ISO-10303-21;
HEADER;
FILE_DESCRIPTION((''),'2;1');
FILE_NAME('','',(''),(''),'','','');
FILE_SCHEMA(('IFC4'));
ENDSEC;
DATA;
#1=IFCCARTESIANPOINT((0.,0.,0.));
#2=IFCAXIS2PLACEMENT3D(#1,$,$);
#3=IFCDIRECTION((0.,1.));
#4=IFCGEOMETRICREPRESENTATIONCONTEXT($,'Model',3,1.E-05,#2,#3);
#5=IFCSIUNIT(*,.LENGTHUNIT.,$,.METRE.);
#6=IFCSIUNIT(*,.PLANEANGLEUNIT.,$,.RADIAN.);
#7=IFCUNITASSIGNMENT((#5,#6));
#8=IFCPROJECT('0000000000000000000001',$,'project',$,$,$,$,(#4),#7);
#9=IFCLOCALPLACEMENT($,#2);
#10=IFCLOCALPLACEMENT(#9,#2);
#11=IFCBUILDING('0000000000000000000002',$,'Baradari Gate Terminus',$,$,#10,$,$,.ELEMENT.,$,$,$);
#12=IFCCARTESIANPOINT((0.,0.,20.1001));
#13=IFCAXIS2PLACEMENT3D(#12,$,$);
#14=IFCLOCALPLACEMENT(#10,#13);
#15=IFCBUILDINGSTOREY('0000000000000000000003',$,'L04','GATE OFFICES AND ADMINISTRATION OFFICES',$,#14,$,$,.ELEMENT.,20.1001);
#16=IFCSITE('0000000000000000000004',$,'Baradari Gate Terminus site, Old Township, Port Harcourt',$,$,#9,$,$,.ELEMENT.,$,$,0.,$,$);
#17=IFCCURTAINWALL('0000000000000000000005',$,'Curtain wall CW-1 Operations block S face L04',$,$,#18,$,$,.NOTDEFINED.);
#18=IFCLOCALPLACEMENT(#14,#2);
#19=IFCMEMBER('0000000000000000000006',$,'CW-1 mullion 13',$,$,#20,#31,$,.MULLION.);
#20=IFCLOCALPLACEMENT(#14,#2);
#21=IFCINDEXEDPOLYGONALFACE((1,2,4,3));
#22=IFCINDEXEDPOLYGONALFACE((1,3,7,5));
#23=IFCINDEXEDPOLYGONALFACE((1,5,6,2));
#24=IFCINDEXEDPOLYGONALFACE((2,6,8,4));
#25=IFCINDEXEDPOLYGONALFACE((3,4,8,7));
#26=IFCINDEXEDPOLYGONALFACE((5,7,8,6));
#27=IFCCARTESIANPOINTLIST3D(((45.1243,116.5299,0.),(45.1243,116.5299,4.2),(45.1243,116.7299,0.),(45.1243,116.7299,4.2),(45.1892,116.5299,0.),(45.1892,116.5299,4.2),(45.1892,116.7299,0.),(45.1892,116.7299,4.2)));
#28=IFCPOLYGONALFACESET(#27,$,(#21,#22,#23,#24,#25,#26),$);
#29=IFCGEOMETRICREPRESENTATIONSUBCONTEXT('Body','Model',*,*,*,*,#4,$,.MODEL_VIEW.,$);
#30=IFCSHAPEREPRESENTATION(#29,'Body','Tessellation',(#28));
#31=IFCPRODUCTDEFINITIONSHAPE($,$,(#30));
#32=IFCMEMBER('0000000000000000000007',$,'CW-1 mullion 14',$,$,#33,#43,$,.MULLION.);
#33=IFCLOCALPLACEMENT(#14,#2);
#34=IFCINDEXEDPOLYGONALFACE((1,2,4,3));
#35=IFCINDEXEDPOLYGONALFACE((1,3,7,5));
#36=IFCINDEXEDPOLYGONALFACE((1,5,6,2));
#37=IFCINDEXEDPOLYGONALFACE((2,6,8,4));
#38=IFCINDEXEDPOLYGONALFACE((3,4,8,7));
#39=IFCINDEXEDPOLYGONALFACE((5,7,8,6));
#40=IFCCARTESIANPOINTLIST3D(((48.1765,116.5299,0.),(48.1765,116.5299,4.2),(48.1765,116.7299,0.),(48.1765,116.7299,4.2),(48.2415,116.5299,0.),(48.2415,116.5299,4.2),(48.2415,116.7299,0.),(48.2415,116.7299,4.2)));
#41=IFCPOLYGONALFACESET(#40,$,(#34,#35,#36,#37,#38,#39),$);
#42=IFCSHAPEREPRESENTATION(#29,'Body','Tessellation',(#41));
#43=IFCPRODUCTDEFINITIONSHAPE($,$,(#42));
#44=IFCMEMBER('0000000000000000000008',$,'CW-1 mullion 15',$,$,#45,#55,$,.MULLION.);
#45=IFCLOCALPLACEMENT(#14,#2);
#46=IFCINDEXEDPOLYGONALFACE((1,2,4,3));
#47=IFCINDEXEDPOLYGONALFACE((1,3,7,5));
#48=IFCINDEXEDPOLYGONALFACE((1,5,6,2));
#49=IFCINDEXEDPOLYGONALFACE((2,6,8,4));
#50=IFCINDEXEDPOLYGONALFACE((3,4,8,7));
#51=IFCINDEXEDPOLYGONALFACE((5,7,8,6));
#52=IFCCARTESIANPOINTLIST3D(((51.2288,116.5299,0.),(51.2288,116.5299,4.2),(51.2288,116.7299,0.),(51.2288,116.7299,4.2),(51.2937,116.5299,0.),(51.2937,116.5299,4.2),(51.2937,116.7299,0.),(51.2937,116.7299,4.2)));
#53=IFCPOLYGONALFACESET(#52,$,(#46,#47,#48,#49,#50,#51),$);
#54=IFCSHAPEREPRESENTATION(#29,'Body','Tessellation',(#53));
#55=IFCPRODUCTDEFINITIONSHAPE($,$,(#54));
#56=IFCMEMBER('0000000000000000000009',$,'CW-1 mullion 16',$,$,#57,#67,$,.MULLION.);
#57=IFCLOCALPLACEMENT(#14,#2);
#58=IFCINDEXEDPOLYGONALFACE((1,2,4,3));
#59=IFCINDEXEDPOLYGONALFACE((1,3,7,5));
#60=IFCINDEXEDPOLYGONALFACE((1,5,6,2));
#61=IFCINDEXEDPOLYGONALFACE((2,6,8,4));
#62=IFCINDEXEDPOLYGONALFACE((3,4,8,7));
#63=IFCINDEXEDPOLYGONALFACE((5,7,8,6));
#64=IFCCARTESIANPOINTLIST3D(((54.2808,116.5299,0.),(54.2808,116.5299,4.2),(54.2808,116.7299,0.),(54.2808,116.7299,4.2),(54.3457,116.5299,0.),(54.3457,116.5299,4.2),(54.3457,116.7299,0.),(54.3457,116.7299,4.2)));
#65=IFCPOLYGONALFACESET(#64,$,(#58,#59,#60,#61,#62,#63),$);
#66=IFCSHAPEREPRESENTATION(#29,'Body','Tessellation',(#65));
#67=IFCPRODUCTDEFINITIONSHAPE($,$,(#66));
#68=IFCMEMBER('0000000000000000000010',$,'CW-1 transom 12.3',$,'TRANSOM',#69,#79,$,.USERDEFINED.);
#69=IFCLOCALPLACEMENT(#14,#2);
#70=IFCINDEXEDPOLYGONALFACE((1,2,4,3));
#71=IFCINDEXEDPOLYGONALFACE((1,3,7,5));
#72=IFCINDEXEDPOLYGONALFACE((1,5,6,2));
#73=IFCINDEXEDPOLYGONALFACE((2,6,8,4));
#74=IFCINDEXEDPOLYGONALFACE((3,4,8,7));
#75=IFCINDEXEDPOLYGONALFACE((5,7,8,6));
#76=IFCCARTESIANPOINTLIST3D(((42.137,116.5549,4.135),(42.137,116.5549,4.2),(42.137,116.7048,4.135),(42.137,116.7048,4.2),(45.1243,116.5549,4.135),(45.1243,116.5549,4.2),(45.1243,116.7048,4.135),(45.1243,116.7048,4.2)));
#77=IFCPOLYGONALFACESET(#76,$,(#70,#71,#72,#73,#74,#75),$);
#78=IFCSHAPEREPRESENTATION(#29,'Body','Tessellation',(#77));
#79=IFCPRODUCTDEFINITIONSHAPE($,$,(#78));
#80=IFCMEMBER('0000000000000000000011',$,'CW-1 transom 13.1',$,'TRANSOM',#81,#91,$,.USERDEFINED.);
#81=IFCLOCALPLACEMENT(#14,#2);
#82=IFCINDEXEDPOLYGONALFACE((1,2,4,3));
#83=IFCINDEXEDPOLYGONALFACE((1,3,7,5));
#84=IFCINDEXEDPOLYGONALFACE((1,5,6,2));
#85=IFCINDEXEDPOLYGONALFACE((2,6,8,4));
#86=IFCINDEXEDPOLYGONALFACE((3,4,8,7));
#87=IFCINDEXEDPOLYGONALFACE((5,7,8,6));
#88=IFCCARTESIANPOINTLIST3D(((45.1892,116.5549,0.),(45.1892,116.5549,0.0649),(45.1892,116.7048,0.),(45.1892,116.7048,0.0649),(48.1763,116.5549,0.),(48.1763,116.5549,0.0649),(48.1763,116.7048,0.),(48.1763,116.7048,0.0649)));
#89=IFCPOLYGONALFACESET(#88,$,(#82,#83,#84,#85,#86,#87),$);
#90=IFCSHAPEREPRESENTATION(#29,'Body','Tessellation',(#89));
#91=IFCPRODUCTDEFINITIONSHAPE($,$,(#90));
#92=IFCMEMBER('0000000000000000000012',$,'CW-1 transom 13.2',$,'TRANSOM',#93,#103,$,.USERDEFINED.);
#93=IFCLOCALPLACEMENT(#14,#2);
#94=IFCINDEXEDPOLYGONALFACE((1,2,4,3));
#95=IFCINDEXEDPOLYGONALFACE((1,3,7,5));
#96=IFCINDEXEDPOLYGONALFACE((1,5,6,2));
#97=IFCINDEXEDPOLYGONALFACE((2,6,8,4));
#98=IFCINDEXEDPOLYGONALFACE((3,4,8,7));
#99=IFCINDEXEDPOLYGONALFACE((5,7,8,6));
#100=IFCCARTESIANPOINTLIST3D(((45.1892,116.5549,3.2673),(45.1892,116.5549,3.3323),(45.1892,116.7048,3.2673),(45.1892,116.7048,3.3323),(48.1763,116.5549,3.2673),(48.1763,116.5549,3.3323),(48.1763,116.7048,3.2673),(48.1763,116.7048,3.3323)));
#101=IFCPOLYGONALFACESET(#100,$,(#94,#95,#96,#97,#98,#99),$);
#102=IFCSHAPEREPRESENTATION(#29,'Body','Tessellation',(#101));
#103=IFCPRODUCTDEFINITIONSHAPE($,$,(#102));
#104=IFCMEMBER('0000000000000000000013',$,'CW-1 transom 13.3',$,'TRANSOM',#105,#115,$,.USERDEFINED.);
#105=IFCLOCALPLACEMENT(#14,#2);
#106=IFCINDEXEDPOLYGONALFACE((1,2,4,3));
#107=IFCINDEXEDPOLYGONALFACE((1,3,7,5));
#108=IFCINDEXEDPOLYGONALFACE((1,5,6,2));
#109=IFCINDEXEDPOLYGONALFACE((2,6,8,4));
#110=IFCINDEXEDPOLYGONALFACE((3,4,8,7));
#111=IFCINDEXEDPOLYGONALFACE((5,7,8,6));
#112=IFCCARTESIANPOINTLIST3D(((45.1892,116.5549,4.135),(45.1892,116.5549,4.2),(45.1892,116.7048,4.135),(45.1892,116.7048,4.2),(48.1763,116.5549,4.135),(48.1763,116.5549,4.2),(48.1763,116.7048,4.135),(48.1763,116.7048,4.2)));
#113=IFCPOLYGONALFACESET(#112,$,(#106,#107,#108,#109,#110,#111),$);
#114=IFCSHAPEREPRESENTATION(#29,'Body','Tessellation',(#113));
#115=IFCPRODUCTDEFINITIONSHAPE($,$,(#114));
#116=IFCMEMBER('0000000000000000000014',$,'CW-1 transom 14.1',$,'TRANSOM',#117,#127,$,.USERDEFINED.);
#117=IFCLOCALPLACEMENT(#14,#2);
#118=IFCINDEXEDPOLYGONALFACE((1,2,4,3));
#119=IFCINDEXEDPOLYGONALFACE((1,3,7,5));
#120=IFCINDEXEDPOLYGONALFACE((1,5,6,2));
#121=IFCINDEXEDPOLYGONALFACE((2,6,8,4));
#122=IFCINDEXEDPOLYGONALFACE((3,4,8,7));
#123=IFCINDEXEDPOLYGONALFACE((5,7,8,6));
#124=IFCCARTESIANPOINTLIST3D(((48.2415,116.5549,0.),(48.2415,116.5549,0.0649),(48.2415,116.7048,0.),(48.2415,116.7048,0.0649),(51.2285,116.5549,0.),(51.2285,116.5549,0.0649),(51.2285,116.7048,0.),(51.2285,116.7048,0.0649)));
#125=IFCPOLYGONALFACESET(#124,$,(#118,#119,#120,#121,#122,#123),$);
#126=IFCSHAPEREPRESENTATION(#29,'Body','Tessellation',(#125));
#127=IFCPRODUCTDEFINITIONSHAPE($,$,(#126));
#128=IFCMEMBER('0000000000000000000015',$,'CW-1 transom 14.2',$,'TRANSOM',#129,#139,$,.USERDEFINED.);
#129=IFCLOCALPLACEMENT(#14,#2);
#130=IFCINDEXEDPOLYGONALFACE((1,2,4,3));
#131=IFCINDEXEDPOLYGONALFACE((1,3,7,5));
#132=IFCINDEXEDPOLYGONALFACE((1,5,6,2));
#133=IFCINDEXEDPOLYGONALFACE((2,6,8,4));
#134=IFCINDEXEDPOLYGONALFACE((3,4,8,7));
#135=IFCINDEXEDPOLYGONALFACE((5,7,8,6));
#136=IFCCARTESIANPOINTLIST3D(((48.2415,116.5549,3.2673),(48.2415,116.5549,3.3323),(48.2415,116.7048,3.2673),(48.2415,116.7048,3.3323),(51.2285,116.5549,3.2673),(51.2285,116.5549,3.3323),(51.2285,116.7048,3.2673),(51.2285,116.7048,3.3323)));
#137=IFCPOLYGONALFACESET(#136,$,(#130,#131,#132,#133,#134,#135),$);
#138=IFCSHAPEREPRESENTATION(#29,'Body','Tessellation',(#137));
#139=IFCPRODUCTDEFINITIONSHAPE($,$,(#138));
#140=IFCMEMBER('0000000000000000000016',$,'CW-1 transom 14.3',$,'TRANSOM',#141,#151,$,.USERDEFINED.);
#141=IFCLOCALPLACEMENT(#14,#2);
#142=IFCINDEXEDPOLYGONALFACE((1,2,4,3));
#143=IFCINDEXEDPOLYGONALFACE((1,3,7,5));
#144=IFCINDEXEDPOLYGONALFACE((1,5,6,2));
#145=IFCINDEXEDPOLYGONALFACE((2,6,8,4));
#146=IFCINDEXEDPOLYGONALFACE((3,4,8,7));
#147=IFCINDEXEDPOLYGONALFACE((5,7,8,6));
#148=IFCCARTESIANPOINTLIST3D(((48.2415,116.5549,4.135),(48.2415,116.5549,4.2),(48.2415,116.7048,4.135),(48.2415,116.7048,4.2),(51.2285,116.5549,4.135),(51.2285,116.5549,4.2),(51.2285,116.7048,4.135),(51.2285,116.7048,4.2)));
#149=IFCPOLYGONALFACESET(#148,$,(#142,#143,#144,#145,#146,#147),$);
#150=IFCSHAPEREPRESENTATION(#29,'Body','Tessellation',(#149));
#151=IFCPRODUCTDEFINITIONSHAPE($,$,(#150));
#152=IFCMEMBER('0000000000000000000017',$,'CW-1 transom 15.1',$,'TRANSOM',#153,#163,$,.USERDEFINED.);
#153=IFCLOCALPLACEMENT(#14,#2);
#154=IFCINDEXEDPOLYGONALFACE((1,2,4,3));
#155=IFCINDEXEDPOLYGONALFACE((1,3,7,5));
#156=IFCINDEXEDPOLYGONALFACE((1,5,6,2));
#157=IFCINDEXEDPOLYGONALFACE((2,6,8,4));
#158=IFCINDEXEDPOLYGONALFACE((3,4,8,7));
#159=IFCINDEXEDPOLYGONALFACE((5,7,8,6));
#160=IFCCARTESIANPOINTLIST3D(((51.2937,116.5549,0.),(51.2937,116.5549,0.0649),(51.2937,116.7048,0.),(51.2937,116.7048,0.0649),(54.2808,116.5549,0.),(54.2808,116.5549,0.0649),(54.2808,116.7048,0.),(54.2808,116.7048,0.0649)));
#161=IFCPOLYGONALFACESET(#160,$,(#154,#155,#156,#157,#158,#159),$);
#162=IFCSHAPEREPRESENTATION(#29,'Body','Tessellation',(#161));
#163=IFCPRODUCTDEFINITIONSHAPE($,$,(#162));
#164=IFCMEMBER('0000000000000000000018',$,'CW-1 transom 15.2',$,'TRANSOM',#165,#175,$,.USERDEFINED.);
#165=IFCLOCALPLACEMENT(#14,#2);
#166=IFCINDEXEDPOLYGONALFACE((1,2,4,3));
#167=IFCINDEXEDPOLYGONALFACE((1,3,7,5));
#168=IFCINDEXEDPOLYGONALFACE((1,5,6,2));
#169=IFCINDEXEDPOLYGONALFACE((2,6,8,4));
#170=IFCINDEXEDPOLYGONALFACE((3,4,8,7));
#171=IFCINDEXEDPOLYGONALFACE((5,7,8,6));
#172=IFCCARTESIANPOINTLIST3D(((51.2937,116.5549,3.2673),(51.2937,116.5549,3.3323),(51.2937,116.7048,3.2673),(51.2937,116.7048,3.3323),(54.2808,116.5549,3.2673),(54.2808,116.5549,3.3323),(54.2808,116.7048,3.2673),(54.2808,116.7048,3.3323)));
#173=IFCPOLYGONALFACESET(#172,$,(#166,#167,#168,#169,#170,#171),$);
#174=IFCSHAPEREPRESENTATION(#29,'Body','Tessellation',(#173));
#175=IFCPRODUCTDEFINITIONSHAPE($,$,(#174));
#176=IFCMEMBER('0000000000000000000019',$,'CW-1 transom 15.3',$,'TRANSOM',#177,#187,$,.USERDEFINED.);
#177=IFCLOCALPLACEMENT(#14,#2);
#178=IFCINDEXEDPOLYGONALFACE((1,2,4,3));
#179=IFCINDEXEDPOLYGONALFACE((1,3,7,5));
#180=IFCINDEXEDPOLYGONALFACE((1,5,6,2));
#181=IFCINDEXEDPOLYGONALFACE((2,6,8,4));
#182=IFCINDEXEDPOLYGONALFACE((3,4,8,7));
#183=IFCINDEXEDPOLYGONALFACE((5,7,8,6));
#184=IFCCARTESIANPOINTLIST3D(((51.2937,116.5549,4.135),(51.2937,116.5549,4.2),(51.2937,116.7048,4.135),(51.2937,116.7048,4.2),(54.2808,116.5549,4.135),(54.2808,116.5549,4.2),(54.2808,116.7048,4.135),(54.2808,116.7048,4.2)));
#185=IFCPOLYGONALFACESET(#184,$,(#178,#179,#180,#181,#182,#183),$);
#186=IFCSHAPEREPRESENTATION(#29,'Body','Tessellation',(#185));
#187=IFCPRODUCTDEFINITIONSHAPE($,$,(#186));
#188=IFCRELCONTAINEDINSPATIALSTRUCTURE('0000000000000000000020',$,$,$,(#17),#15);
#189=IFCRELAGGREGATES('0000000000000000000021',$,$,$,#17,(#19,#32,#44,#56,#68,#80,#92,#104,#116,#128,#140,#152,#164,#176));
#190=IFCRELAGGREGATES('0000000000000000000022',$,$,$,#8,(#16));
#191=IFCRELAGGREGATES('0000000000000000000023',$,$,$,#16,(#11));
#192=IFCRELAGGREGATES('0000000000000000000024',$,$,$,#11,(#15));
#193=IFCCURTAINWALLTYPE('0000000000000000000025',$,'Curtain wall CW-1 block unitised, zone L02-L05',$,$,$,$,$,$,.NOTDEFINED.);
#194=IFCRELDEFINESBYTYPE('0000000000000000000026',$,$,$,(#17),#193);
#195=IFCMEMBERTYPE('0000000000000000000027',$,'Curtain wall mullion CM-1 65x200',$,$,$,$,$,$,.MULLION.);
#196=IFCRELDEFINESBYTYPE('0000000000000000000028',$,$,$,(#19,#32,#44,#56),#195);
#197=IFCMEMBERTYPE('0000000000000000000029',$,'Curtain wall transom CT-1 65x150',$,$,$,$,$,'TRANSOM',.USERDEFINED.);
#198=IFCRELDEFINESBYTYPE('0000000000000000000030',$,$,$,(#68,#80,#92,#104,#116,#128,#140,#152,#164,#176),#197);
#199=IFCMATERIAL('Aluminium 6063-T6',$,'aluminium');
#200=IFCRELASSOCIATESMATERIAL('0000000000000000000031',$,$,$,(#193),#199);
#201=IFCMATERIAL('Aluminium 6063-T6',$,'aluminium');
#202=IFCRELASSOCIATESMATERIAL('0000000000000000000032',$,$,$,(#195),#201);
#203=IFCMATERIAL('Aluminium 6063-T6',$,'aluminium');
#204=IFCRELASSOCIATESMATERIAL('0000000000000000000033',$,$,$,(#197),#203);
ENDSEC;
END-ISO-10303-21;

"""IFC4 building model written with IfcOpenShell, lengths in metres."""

from ifc_helpers import new_model, si_unit, direction, frame, origin, origin_2d, place, context, subcontext, project, spatial, rectangle, extrude, material, material_profile, profile_set, type_object, element, aggregate, save


model = new_model("IFC4")

# Units and contexts
model_context = context("Model", 3, precision=1e-05, world=origin(), true_north=direction((0.0, 1.0)))
body_context = subcontext(model_context, "Body", "Model", "MODEL_VIEW")
ifc_project = project(units=[si_unit("LENGTHUNIT", "METRE"), si_unit("PLANEANGLEUNIT", "RADIAN")], contexts=[model_context])

# Site, building, storey
site_placement = place(None, origin())
site = spatial("IfcSite", under=ifc_project, at=site_placement, Name="Baradari Gate Terminus site, Old Township, Port Harcourt", CompositionType="ELEMENT", RefElevation=0.0)
building_placement = place(site_placement, origin())
building = spatial("IfcBuilding", under=site, at=building_placement, Name="Baradari Gate Terminus", CompositionType="ELEMENT")
storey_placement = place(building_placement, frame((0.0, 0.0, 20.1001)))
storey = spatial("IfcBuildingStorey", under=building, at=storey_placement, Name="L04", Description="GATE OFFICES AND ADMINISTRATION OFFICES", CompositionType="ELEMENT", Elevation=20.1001)

# Curtain wall, members
ifc_material_1 = material(Name="Aluminium 6063-T6", Category="aluminium")
curtain_wall_type = type_object("IfcCurtainWallType", Name="Curtain wall CW-1 block unitised, zone L02-L05", PredefinedType="NOTDEFINED", material=ifc_material_1)
curtain_wall_placement = place(storey_placement, origin())
curtain_wall = element("IfcCurtainWall", 1, at=curtain_wall_placement, inside=storey, type_object=curtain_wall_type, Name="Curtain wall CW-1 Operations block S face L04", PredefinedType="NOTDEFINED")
ifc_material_2 = material(Name="Aluminium 6063-T6", Category="aluminium")
ifc_material_profile_1 = material_profile(ifc_material_2, rectangle(XDim=0.2, YDim=0.0649, at=origin_2d()), Name="CM-1 65X200")
ifc_profile_set_1 = profile_set([ifc_material_profile_1], Name="Aluminium 6063-T6")
member_type_1 = type_object("IfcMemberType", Name="Curtain wall mullion CM-1 65x200", PredefinedType="MULLION", material=ifc_profile_set_1)
member_1_placement = place(storey_placement, frame((45.1567, 116.6299, 0.0), z_axis=(0.0, 0.0, 1.0), x_axis=(0.0, 1.0, 0.0)))
member_1 = element("IfcMember", 2, at=member_1_placement, type_object=member_type_1, Name="CW-1 mullion 13", PredefinedType="MULLION", context=body_context, shape_type="SweptSolid", body=[
    extrude(rectangle(XDim=0.2, YDim=0.0649, at=origin_2d()), origin(), (0.0, 0.0, 1.0), 4.2),
])
member_2_placement = place(storey_placement, frame((48.209, 116.6299, 0.0), z_axis=(0.0, 0.0, 1.0), x_axis=(0.0, 1.0, 0.0)))
member_2 = element("IfcMember", 3, at=member_2_placement, type_object=member_type_1, Name="CW-1 mullion 14", PredefinedType="MULLION", context=body_context, shape_type="SweptSolid", body=[
    extrude(rectangle(XDim=0.2, YDim=0.0649, at=origin_2d()), origin(), (0.0, 0.0, 1.0), 4.2),
])
member_3_placement = place(storey_placement, frame((51.2612, 116.6299, 0.0), z_axis=(0.0, 0.0, 1.0), x_axis=(0.0, 1.0, 0.0)))
member_3 = element("IfcMember", 4, at=member_3_placement, type_object=member_type_1, Name="CW-1 mullion 15", PredefinedType="MULLION", context=body_context, shape_type="SweptSolid", body=[
    extrude(rectangle(XDim=0.2, YDim=0.0649, at=origin_2d()), origin(), (0.0, 0.0, 1.0), 4.2),
])
member_4_placement = place(storey_placement, frame((54.3132, 116.6299, 0.0), z_axis=(0.0, 0.0, 1.0), x_axis=(0.0, 1.0, 0.0)))
member_4 = element("IfcMember", 5, at=member_4_placement, type_object=member_type_1, Name="CW-1 mullion 16", PredefinedType="MULLION", context=body_context, shape_type="SweptSolid", body=[
    extrude(rectangle(XDim=0.2, YDim=0.0649, at=origin_2d()), origin(), (0.0, 0.0, 1.0), 4.2),
])
ifc_material_3 = material(Name="Aluminium 6063-T6", Category="aluminium")
ifc_material_profile_2 = material_profile(ifc_material_3, rectangle(XDim=0.1499, YDim=0.0649, at=origin_2d()), Name="CT-1 65X150")
ifc_profile_set_2 = profile_set([ifc_material_profile_2], Name="Aluminium 6063-T6")
member_type_2 = type_object("IfcMemberType", Name="Curtain wall transom CT-1 65x150", ElementType="TRANSOM", PredefinedType="USERDEFINED", material=ifc_profile_set_2)
member_5_placement = place(storey_placement, frame((42.137, 116.6299, 4.1675), z_axis=(1.0, 0.0, 0.0), x_axis=(0.0, 1.0, 0.0)))
member_5 = element("IfcMember", 6, at=member_5_placement, type_object=member_type_2, Name="CW-1 transom 12.3", ObjectType="TRANSOM", PredefinedType="USERDEFINED", context=body_context, shape_type="SweptSolid", body=[
    extrude(rectangle(XDim=0.1499, YDim=0.0649, at=origin_2d()), origin(), (0.0, 0.0, 1.0), 2.9873),
])
member_6_placement = place(storey_placement, frame((45.1892, 116.6299, 0.0325), z_axis=(1.0, 0.0, 0.0), x_axis=(0.0, 1.0, 0.0)))
member_6 = element("IfcMember", 7, at=member_6_placement, type_object=member_type_2, Name="CW-1 transom 13.1", ObjectType="TRANSOM", PredefinedType="USERDEFINED", context=body_context, shape_type="SweptSolid", body=[
    extrude(rectangle(XDim=0.1499, YDim=0.0649, at=origin_2d()), origin(), (0.0, 0.0, 1.0), 2.9871),
])
member_7_placement = place(storey_placement, frame((45.1892, 116.6299, 3.2998), z_axis=(1.0, 0.0, 0.0), x_axis=(0.0, 1.0, 0.0)))
member_7 = element("IfcMember", 8, at=member_7_placement, type_object=member_type_2, Name="CW-1 transom 13.2", ObjectType="TRANSOM", PredefinedType="USERDEFINED", context=body_context, shape_type="SweptSolid", body=[
    extrude(rectangle(XDim=0.1499, YDim=0.0649, at=origin_2d()), origin(), (0.0, 0.0, 1.0), 2.9871),
])
member_8_placement = place(storey_placement, frame((45.1892, 116.6299, 4.1675), z_axis=(1.0, 0.0, 0.0), x_axis=(0.0, 1.0, 0.0)))
member_8 = element("IfcMember", 9, at=member_8_placement, type_object=member_type_2, Name="CW-1 transom 13.3", ObjectType="TRANSOM", PredefinedType="USERDEFINED", context=body_context, shape_type="SweptSolid", body=[
    extrude(rectangle(XDim=0.1499, YDim=0.0649, at=origin_2d()), origin(), (0.0, 0.0, 1.0), 2.9871),
])
member_9_placement = place(storey_placement, frame((48.2415, 116.6299, 0.0325), z_axis=(1.0, 0.0, 0.0), x_axis=(0.0, 1.0, 0.0)))
member_9 = element("IfcMember", 10, at=member_9_placement, type_object=member_type_2, Name="CW-1 transom 14.1", ObjectType="TRANSOM", PredefinedType="USERDEFINED", context=body_context, shape_type="SweptSolid", body=[
    extrude(rectangle(XDim=0.1499, YDim=0.0649, at=origin_2d()), origin(), (0.0, 0.0, 1.0), 2.9871),
])
member_10_placement = place(storey_placement, frame((48.2415, 116.6299, 3.2998), z_axis=(1.0, 0.0, 0.0), x_axis=(0.0, 1.0, 0.0)))
member_10 = element("IfcMember", 11, at=member_10_placement, type_object=member_type_2, Name="CW-1 transom 14.2", ObjectType="TRANSOM", PredefinedType="USERDEFINED", context=body_context, shape_type="SweptSolid", body=[
    extrude(rectangle(XDim=0.1499, YDim=0.0649, at=origin_2d()), origin(), (0.0, 0.0, 1.0), 2.9871),
])
member_11_placement = place(storey_placement, frame((48.2415, 116.6299, 4.1675), z_axis=(1.0, 0.0, 0.0), x_axis=(0.0, 1.0, 0.0)))
member_11 = element("IfcMember", 12, at=member_11_placement, type_object=member_type_2, Name="CW-1 transom 14.3", ObjectType="TRANSOM", PredefinedType="USERDEFINED", context=body_context, shape_type="SweptSolid", body=[
    extrude(rectangle(XDim=0.1499, YDim=0.0649, at=origin_2d()), origin(), (0.0, 0.0, 1.0), 2.9871),
])
member_12_placement = place(storey_placement, frame((51.2937, 116.6299, 0.0325), z_axis=(1.0, 0.0, 0.0), x_axis=(0.0, 1.0, 0.0)))
member_12 = element("IfcMember", 13, at=member_12_placement, type_object=member_type_2, Name="CW-1 transom 15.1", ObjectType="TRANSOM", PredefinedType="USERDEFINED", context=body_context, shape_type="SweptSolid", body=[
    extrude(rectangle(XDim=0.1499, YDim=0.0649, at=origin_2d()), origin(), (0.0, 0.0, 1.0), 2.9871),
])
member_13_placement = place(storey_placement, frame((51.2937, 116.6299, 3.2998), z_axis=(1.0, 0.0, 0.0), x_axis=(0.0, 1.0, 0.0)))
member_13 = element("IfcMember", 14, at=member_13_placement, type_object=member_type_2, Name="CW-1 transom 15.2", ObjectType="TRANSOM", PredefinedType="USERDEFINED", context=body_context, shape_type="SweptSolid", body=[
    extrude(rectangle(XDim=0.1499, YDim=0.0649, at=origin_2d()), origin(), (0.0, 0.0, 1.0), 2.9871),
])
member_14_placement = place(storey_placement, frame((51.2937, 116.6299, 4.1675), z_axis=(1.0, 0.0, 0.0), x_axis=(0.0, 1.0, 0.0)))
member_14 = element("IfcMember", 15, at=member_14_placement, type_object=member_type_2, Name="CW-1 transom 15.3", ObjectType="TRANSOM", PredefinedType="USERDEFINED", context=body_context, shape_type="SweptSolid", body=[
    extrude(rectangle(XDim=0.1499, YDim=0.0649, at=origin_2d()), origin(), (0.0, 0.0, 1.0), 2.9871),
])
aggregate(curtain_wall, [member_1, member_2, member_3, member_4, member_5, member_6, member_7, member_8, member_9, member_10, member_11, member_12, member_13, member_14])

save(model, "model.ifc")
